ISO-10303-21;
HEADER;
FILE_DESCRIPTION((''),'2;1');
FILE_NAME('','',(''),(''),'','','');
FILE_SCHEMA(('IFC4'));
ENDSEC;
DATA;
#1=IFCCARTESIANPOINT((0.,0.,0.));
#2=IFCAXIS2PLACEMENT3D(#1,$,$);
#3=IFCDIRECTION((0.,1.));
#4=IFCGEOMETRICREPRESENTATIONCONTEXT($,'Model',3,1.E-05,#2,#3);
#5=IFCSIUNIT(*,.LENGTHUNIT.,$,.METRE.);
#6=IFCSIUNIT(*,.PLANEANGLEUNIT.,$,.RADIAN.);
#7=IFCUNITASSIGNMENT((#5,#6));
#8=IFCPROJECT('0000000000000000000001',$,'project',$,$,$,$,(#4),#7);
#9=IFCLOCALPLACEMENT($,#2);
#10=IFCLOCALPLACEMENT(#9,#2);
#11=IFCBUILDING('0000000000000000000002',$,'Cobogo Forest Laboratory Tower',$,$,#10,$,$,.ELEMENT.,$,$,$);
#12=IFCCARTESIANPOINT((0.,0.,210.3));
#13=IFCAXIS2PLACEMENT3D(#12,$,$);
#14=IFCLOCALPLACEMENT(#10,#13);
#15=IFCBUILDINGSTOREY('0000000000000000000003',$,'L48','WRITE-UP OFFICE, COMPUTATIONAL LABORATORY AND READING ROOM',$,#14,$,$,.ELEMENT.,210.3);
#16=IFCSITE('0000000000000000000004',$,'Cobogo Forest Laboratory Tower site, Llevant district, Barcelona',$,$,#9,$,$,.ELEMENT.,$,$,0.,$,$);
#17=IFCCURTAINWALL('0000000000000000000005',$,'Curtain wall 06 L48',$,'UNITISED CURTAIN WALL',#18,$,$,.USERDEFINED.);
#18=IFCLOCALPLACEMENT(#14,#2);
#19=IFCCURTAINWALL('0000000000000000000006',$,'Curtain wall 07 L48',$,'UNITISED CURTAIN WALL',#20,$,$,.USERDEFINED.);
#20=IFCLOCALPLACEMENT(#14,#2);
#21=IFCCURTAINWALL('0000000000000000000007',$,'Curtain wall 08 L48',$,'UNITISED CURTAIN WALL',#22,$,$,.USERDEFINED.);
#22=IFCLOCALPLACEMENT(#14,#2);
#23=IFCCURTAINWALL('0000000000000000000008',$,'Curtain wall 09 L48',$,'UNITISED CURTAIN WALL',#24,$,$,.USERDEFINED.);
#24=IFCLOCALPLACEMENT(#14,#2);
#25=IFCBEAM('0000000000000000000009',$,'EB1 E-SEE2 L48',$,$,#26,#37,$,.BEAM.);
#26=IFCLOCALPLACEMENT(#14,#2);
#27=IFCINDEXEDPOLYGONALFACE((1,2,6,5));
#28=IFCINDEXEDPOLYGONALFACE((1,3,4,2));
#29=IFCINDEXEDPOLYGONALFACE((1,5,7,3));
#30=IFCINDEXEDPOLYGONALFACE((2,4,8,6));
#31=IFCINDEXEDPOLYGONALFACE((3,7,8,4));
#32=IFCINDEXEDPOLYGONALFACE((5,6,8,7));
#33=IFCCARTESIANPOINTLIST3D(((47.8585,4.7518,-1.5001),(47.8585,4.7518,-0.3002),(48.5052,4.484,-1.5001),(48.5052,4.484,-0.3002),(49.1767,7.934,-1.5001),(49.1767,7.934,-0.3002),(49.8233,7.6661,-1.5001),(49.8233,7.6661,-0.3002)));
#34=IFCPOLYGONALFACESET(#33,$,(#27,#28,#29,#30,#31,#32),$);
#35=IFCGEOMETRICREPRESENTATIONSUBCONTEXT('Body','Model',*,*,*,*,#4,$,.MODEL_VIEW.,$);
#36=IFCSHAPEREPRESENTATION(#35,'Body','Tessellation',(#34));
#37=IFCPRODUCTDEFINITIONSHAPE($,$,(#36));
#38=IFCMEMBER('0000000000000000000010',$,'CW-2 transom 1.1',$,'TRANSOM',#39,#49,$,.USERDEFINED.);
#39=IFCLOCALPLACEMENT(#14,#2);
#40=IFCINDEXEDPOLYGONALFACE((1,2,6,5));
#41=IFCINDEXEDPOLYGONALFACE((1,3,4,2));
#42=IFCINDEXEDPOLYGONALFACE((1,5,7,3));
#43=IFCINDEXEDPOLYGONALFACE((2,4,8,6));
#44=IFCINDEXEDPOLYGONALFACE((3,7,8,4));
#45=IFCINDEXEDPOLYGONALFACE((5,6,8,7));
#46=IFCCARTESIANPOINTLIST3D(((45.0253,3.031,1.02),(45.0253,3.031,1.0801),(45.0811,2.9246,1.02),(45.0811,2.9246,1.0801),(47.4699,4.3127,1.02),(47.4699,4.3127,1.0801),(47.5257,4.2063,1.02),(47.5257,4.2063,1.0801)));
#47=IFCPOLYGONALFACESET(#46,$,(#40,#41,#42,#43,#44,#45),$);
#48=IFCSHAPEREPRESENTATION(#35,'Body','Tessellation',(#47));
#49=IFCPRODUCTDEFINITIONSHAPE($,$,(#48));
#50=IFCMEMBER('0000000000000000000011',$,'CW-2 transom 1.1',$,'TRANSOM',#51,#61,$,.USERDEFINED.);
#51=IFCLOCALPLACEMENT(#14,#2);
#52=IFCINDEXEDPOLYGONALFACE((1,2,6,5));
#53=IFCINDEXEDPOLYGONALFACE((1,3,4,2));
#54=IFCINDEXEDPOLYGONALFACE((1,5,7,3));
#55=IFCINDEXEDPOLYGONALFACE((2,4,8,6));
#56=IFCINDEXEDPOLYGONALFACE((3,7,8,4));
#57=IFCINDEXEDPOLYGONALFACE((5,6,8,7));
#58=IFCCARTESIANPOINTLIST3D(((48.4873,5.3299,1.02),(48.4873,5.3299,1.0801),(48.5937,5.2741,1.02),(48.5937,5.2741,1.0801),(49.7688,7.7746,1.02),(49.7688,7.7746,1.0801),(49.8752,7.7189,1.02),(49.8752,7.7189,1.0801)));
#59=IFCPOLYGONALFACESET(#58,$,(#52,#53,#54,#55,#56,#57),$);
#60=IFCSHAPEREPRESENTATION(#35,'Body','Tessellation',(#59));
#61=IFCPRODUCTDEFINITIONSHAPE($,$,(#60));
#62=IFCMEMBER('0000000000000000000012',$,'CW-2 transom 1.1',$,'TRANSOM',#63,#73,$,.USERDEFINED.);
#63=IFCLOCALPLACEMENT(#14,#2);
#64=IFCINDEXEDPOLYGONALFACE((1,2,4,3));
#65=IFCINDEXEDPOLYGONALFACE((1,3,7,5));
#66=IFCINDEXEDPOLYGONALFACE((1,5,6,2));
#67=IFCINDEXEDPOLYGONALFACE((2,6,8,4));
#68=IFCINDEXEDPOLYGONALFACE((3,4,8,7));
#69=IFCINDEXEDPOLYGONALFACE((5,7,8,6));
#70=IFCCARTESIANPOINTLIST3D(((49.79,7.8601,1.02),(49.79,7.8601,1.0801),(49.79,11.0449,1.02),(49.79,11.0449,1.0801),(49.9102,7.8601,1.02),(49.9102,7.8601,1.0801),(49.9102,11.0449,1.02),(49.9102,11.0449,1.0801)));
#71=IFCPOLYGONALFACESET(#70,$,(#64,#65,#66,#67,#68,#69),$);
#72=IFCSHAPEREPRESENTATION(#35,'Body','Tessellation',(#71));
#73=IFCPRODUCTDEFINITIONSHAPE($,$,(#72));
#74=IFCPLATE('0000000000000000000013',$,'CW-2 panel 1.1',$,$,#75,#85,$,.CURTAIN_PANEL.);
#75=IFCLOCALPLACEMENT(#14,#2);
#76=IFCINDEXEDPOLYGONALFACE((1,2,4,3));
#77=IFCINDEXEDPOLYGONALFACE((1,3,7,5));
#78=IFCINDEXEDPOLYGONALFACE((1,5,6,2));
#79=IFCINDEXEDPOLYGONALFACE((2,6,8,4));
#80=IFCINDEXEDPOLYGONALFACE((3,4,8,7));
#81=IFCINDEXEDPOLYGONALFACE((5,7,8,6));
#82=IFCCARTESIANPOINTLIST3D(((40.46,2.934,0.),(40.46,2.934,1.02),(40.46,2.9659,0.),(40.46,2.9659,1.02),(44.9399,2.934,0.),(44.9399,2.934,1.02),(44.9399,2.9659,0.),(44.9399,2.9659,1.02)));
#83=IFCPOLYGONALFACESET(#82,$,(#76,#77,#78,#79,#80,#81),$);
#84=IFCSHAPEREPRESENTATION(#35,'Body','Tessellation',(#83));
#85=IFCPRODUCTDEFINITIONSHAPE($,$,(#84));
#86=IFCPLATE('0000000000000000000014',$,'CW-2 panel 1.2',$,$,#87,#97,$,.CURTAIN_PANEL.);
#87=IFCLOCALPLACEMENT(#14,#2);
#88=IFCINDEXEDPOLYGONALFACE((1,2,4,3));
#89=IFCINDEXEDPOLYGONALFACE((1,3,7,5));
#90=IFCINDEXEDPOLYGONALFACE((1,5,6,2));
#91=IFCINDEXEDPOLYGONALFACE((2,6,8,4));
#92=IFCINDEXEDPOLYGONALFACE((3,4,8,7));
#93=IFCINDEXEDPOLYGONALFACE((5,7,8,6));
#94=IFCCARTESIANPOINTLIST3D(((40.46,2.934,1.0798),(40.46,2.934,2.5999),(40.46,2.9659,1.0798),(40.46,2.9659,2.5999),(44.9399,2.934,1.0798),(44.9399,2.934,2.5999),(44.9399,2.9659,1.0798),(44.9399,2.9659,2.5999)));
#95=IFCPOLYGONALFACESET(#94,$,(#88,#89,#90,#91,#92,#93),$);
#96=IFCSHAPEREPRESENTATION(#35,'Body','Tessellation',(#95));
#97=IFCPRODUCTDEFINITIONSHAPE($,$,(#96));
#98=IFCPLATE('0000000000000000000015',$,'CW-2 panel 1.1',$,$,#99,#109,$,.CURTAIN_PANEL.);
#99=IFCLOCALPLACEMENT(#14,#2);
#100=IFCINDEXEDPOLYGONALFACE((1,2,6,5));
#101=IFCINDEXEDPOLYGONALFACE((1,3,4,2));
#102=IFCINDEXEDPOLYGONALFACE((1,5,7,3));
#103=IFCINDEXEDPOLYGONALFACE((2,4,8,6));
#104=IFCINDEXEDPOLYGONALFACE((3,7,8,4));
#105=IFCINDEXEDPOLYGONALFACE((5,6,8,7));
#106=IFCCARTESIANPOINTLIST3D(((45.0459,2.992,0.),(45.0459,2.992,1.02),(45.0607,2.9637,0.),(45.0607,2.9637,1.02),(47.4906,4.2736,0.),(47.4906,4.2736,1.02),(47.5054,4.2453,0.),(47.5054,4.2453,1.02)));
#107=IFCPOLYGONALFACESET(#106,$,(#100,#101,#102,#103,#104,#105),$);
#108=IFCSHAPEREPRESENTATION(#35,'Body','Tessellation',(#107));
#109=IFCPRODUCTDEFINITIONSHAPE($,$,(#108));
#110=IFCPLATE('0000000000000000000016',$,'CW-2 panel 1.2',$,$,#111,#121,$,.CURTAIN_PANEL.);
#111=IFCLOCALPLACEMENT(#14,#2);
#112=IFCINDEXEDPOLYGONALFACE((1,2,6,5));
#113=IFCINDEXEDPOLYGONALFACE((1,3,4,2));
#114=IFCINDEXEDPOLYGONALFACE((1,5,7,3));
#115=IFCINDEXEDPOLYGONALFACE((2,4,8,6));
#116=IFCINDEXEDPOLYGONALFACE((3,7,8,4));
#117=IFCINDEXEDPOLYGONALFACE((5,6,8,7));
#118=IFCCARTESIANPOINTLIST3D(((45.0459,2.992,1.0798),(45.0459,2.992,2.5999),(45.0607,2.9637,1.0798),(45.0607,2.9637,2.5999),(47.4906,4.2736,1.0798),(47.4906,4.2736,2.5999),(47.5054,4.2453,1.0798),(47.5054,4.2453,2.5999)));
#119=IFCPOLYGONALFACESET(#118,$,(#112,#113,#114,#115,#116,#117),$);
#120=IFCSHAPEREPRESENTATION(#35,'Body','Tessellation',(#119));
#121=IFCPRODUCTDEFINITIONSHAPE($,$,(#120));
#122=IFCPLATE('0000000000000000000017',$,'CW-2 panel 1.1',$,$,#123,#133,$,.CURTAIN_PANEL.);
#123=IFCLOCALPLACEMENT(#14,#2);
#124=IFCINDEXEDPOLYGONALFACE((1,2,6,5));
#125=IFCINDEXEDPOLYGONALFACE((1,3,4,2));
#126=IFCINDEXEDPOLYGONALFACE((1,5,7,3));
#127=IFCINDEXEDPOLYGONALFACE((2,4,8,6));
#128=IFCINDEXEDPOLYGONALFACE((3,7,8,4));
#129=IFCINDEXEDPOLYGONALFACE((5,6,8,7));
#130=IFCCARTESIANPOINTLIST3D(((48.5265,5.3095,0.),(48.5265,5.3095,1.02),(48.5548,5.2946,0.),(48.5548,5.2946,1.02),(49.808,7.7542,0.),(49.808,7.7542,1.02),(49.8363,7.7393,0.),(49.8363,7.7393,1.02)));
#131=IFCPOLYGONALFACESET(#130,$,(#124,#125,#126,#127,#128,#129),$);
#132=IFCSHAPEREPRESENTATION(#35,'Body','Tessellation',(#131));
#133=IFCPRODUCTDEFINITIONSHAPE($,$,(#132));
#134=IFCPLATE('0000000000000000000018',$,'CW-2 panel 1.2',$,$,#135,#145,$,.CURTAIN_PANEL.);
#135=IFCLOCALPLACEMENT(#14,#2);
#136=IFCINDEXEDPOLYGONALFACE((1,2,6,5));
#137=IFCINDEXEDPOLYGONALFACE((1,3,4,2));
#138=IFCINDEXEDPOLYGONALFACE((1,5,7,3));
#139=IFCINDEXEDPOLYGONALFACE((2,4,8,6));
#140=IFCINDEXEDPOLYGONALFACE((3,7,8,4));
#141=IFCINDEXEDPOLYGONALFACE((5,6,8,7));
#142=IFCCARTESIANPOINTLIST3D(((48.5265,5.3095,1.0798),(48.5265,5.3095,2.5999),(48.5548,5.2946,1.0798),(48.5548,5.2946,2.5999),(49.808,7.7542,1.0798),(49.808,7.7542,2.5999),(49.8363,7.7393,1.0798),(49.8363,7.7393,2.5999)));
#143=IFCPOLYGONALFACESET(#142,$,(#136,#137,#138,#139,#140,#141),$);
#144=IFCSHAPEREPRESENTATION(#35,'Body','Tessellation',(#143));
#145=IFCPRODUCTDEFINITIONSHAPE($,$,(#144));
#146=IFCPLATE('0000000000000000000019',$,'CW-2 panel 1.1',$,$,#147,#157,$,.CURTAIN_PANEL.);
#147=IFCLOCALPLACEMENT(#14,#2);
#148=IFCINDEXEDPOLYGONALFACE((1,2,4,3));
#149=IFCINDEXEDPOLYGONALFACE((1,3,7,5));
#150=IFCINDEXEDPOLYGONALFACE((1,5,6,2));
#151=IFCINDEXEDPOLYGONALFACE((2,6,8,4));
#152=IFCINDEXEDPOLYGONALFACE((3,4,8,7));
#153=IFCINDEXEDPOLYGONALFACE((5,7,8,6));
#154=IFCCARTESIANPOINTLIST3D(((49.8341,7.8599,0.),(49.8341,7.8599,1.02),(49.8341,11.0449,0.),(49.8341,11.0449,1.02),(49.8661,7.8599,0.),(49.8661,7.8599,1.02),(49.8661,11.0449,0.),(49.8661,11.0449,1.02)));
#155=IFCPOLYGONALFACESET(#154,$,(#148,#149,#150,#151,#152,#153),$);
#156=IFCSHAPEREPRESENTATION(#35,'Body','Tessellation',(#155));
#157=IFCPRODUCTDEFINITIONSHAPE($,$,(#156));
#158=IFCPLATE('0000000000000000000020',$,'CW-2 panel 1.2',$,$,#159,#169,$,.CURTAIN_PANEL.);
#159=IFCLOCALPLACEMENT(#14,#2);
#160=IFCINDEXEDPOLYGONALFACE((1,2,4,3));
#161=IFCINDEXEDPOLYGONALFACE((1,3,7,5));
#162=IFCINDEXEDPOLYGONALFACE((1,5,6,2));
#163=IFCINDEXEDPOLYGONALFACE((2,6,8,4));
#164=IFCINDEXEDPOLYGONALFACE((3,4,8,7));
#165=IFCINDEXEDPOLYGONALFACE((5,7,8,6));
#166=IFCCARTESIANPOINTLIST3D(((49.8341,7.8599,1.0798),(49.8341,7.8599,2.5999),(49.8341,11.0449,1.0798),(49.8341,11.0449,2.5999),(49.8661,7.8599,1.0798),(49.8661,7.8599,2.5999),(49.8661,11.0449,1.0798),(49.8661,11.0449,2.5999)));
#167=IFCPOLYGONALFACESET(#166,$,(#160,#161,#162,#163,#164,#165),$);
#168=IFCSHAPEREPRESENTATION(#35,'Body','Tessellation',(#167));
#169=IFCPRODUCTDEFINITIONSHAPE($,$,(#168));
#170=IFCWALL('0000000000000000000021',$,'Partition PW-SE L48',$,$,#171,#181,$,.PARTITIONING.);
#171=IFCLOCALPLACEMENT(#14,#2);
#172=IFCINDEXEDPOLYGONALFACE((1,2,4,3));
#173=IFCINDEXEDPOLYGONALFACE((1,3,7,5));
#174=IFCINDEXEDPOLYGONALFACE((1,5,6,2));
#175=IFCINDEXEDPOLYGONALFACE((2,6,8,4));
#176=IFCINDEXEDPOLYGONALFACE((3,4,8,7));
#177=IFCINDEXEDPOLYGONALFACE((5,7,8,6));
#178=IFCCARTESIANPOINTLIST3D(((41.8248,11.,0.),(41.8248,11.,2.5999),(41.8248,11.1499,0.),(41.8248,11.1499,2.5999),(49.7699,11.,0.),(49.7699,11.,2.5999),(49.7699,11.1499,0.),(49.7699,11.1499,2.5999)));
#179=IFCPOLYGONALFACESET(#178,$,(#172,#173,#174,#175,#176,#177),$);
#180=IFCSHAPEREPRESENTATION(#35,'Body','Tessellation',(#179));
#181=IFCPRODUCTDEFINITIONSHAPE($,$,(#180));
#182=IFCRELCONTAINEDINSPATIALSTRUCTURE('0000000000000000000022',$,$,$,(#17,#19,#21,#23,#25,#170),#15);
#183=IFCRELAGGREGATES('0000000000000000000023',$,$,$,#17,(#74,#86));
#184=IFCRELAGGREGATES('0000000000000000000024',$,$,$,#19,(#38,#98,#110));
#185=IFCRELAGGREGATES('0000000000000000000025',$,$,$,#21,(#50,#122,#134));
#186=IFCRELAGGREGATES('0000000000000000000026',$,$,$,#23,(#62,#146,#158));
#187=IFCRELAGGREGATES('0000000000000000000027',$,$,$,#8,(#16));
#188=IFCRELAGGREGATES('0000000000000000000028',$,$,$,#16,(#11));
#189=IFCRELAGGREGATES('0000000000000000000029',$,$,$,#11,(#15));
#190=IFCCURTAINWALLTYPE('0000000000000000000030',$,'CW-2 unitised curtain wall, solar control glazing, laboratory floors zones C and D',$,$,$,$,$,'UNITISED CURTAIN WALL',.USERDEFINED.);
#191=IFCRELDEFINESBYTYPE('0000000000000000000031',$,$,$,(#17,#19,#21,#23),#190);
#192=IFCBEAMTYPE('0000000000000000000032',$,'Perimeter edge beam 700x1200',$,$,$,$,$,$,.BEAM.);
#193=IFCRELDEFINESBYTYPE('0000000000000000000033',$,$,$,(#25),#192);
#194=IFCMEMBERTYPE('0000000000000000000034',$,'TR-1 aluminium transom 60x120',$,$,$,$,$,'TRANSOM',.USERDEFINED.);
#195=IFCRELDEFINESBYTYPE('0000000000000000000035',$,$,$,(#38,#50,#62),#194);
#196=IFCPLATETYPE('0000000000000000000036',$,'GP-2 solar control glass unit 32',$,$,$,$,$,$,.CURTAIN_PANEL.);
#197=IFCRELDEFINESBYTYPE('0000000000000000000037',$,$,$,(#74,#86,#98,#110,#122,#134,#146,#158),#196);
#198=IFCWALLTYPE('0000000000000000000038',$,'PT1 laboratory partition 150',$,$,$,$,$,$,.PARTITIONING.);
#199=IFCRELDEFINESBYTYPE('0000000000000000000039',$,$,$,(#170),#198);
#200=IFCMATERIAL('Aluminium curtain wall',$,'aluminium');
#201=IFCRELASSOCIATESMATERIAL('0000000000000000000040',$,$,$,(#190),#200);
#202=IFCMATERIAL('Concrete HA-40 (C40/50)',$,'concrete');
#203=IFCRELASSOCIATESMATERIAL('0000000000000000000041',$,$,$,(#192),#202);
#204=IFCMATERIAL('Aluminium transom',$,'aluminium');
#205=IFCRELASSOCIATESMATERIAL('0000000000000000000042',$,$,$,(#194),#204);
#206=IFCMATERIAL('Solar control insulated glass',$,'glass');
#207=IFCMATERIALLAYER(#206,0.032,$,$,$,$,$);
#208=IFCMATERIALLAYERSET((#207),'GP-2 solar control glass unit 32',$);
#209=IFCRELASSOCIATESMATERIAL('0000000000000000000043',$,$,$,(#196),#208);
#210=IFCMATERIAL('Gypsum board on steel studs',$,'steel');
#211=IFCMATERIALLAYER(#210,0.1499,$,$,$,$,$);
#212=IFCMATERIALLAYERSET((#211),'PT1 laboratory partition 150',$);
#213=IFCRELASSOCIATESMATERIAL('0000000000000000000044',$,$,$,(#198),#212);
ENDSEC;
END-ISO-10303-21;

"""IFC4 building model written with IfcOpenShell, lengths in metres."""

from ifc_helpers import new_model, si_unit, direction, frame, frame_2d, origin, origin_2d, place, context, subcontext, project, spatial, rectangle, extrude, material, layer, layer_set, material_profile, profile_set, type_object, element, aggregate, save


model = new_model("IFC4")

# Units and contexts
model_context = context("Model", 3, precision=1e-05, world=origin(), true_north=direction((0.0, 1.0)))
body_context = subcontext(model_context, "Body", "Model", "MODEL_VIEW")
ifc_project = project(units=[si_unit("LENGTHUNIT", "METRE"), si_unit("PLANEANGLEUNIT", "RADIAN")], contexts=[model_context])

# Site, building, storey
site_placement = place(None, origin())
site = spatial("IfcSite", under=ifc_project, at=site_placement, Name="Cobogo Forest Laboratory Tower site, Llevant district, Barcelona", CompositionType="ELEMENT", RefElevation=0.0)
building_placement = place(site_placement, origin())
building = spatial("IfcBuilding", under=site, at=building_placement, Name="Cobogo Forest Laboratory Tower", CompositionType="ELEMENT")
storey_placement = place(building_placement, frame((0.0, 0.0, 210.3)))
storey = spatial("IfcBuildingStorey", under=building, at=storey_placement, Name="L48", Description="WRITE-UP OFFICE, COMPUTATIONAL LABORATORY AND READING ROOM", CompositionType="ELEMENT", Elevation=210.3)

# Curtain wall
ifc_material_1 = material(Name="Aluminium curtain wall", Category="aluminium")
curtain_wall_type = type_object("IfcCurtainWallType", Name="CW-2 unitised curtain wall, solar control glazing, laboratory floors zones C and D", ElementType="UNITISED CURTAIN WALL", PredefinedType="USERDEFINED", material=ifc_material_1)
curtain_wall_1_placement = place(storey_placement, origin())
curtain_wall_1 = element("IfcCurtainWall", 1, at=curtain_wall_1_placement, inside=storey, type_object=curtain_wall_type, Name="Curtain wall 06 L48", ObjectType="UNITISED CURTAIN WALL", PredefinedType="USERDEFINED")

# Curtain walls
curtain_wall_2_placement = place(storey_placement, origin())
curtain_wall_2 = element("IfcCurtainWall", 2, at=curtain_wall_2_placement, inside=storey, type_object=curtain_wall_type, Name="Curtain wall 07 L48", ObjectType="UNITISED CURTAIN WALL", PredefinedType="USERDEFINED")
curtain_wall_3_placement = place(storey_placement, origin())
curtain_wall_3 = element("IfcCurtainWall", 3, at=curtain_wall_3_placement, inside=storey, type_object=curtain_wall_type, Name="Curtain wall 08 L48", ObjectType="UNITISED CURTAIN WALL", PredefinedType="USERDEFINED")
curtain_wall_4_placement = place(storey_placement, origin())
curtain_wall_4 = element("IfcCurtainWall", 4, at=curtain_wall_4_placement, inside=storey, type_object=curtain_wall_type, Name="Curtain wall 09 L48", ObjectType="UNITISED CURTAIN WALL", PredefinedType="USERDEFINED")

# Beam
ifc_material_2 = material(Name="Concrete HA-40 (C40/50)", Category="concrete")
ifc_material_profile_1 = material_profile(ifc_material_2, rectangle(XDim=0.7, YDim=1.2, at=origin_2d()), Name="RC 700x1200")
ifc_profile_set_1 = profile_set([ifc_material_profile_1], Name="Concrete HA-40 (C40/50)")
beam_type_1 = type_object("IfcBeamType", Name="Perimeter edge beam 700x1200", PredefinedType="BEAM", material=ifc_profile_set_1)
beam_1_placement = place(storey_placement, frame((49.5, 7.8, -0.9001), z_axis=(-0.382692, -0.923876, 0.0), x_axis=(0.923876, -0.382692, 0.0)))
element("IfcBeam", 5, at=beam_1_placement, inside=storey, type_object=beam_type_1, Name="EB1 E-SEE2 L48", PredefinedType="BEAM", context=body_context, shape_type="SweptSolid", body=[
    extrude(rectangle(XDim=0.7, YDim=1.2, at=origin_2d()), origin(), (0.0, 0.0, 1.0), 3.4443),
])

# Members
ifc_material_3 = material(Name="Aluminium transom", Category="aluminium")
ifc_material_profile_2 = material_profile(ifc_material_3, rectangle(XDim=0.1201, YDim=0.0601, at=origin_2d()), Name="AL 60x120")
ifc_profile_set_2 = profile_set([ifc_material_profile_2], Name="Aluminium transom")
member_type_1 = type_object("IfcMemberType", Name="TR-1 aluminium transom 60x120", ElementType="TRANSOM", PredefinedType="USERDEFINED", material=ifc_profile_set_2)
member_1_placement = place(storey_placement, frame((45.0532, 2.9778, 1.05), z_axis=(0.885646, 0.464361, 0.0), x_axis=(-0.464361, 0.885646, 0.0)))
member_1 = element("IfcMember", 6, at=member_1_placement, type_object=member_type_1, Name="CW-2 transom 1.1", ObjectType="TRANSOM", PredefinedType="USERDEFINED", context=body_context, shape_type="SweptSolid", body=[
    extrude(rectangle(XDim=0.1201, YDim=0.0601, at=origin_2d()), origin(), (0.0, 0.0, 1.0), 2.7603),
])
member_2_placement = place(storey_placement, frame((48.5405, 5.302, 1.05), z_axis=(0.464255, 0.885702, 0.0), x_axis=(-0.885702, 0.464255, 0.0)))
member_2 = element("IfcMember", 7, at=member_2_placement, type_object=member_type_1, Name="CW-2 transom 1.1", ObjectType="TRANSOM", PredefinedType="USERDEFINED", context=body_context, shape_type="SweptSolid", body=[
    extrude(rectangle(XDim=0.1201, YDim=0.0601, at=origin_2d()), origin(), (0.0, 0.0, 1.0), 2.7603),
])
member_3_placement = place(storey_placement, frame((49.8501, 7.8601, 1.05), z_axis=(0.0, 1.0, 0.0), x_axis=(-1.0, 0.0, 0.0)))
member_3 = element("IfcMember", 8, at=member_3_placement, type_object=member_type_1, Name="CW-2 transom 1.1", ObjectType="TRANSOM", PredefinedType="USERDEFINED", context=body_context, shape_type="SweptSolid", body=[
    extrude(rectangle(XDim=0.1201, YDim=0.0601, at=origin_2d()), origin(), (0.0, 0.0, 1.0), 3.1848),
])

# Plates
ifc_material_4 = material(Name="Solar control insulated glass", Category="glass")
ifc_layer_1 = layer(ifc_material_4, 0.032)
ifc_layer_set_1 = layer_set([ifc_layer_1], Name="GP-2 solar control glass unit 32")
plate_type = type_object("IfcPlateType", Name="GP-2 solar control glass unit 32", PredefinedType="CURTAIN_PANEL", material=ifc_layer_set_1)
plate_1_placement = place(storey_placement, frame((42.7, 2.95, 0.0), z_axis=(0.0, 0.0, 1.0), x_axis=(1.0, 0.0, 0.0)))
plate_1 = element("IfcPlate", 9, at=plate_1_placement, type_object=plate_type, Name="CW-2 panel 1.1", PredefinedType="CURTAIN_PANEL", context=body_context, shape_type="SweptSolid", body=[
    extrude(rectangle(XDim=4.48, YDim=0.032, at=origin_2d()), origin(), (0.0, 0.0, 1.0), 1.02),
])
plate_2_placement = place(storey_placement, frame((42.7, 2.95, 1.0798), z_axis=(0.0, 0.0, 1.0), x_axis=(1.0, 0.0, 0.0)))
plate_2 = element("IfcPlate", 10, at=plate_2_placement, type_object=plate_type, Name="CW-2 panel 1.2", PredefinedType="CURTAIN_PANEL", context=body_context, shape_type="SweptSolid", body=[
    extrude(rectangle(XDim=4.48, YDim=0.032, at=origin_2d()), origin(), (0.0, 0.0, 1.0), 1.52),
])
aggregate(curtain_wall_1, [plate_1, plate_2])
plate_3_placement = place(storey_placement, frame((46.2756, 3.6187, 0.0), z_axis=(0.0, 0.0, 1.0), x_axis=(0.885686, 0.464284, 0.0)))
plate_3 = element("IfcPlate", 11, at=plate_3_placement, type_object=plate_type, Name="CW-2 panel 1.1", PredefinedType="CURTAIN_PANEL", context=body_context, shape_type="SweptSolid", body=[
    extrude(rectangle(XDim=2.7603, YDim=0.032, at=origin_2d()), origin(), (0.0, 0.0, 1.0), 1.02),
])
plate_4_placement = place(storey_placement, frame((46.2756, 3.6187, 1.0798), z_axis=(0.0, 0.0, 1.0), x_axis=(0.885686, 0.464284, 0.0)))
plate_4 = element("IfcPlate", 12, at=plate_4_placement, type_object=plate_type, Name="CW-2 panel 1.2", PredefinedType="CURTAIN_PANEL", context=body_context, shape_type="SweptSolid", body=[
    extrude(rectangle(XDim=2.7603, YDim=0.032, at=origin_2d()), origin(), (0.0, 0.0, 1.0), 1.52),
])
aggregate(curtain_wall_2, [member_1, plate_3, plate_4])
plate_5_placement = place(storey_placement, frame((49.1814, 6.5244, 0.0), z_axis=(0.0, 0.0, 1.0), x_axis=(0.464284, 0.885686, 0.0)))
plate_5 = element("IfcPlate", 13, at=plate_5_placement, type_object=plate_type, Name="CW-2 panel 1.1", PredefinedType="CURTAIN_PANEL", context=body_context, shape_type="SweptSolid", body=[
    extrude(rectangle(XDim=2.7603, YDim=0.032, at=origin_2d()), origin(), (0.0, 0.0, 1.0), 1.02),
])
plate_6_placement = place(storey_placement, frame((49.1814, 6.5244, 1.0798), z_axis=(0.0, 0.0, 1.0), x_axis=(0.464284, 0.885686, 0.0)))
plate_6 = element("IfcPlate", 14, at=plate_6_placement, type_object=plate_type, Name="CW-2 panel 1.2", PredefinedType="CURTAIN_PANEL", context=body_context, shape_type="SweptSolid", body=[
    extrude(rectangle(XDim=2.7603, YDim=0.032, at=origin_2d()), origin(), (0.0, 0.0, 1.0), 1.52),
])
aggregate(curtain_wall_3, [member_2, plate_5, plate_6])
plate_7_placement = place(storey_placement, frame((49.8501, 9.4524, 0.0), z_axis=(0.0, 0.0, 1.0), x_axis=(0.0, 1.0, 0.0)))
plate_7 = element("IfcPlate", 15, at=plate_7_placement, type_object=plate_type, Name="CW-2 panel 1.1", PredefinedType="CURTAIN_PANEL", context=body_context, shape_type="SweptSolid", body=[
    extrude(rectangle(XDim=3.1851, YDim=0.032, at=origin_2d()), origin(), (0.0, 0.0, 1.0), 1.02),
])
plate_8_placement = place(storey_placement, frame((49.8501, 9.4524, 1.0798), z_axis=(0.0, 0.0, 1.0), x_axis=(0.0, 1.0, 0.0)))
plate_8 = element("IfcPlate", 16, at=plate_8_placement, type_object=plate_type, Name="CW-2 panel 1.2", PredefinedType="CURTAIN_PANEL", context=body_context, shape_type="SweptSolid", body=[
    extrude(rectangle(XDim=3.1851, YDim=0.032, at=origin_2d()), origin(), (0.0, 0.0, 1.0), 1.52),
])
aggregate(curtain_wall_4, [member_3, plate_7, plate_8])

# Wall
ifc_material_5 = material(Name="Gypsum board on steel studs", Category="steel")
ifc_layer_2 = layer(ifc_material_5, 0.1499)
ifc_layer_set_2 = layer_set([ifc_layer_2], Name="PT1 laboratory partition 150")
wall_type = type_object("IfcWallType", Name="PT1 laboratory partition 150", PredefinedType="PARTITIONING", material=ifc_layer_set_2)
wall_placement = place(storey_placement, frame((49.77, 11.075, 0.0), z_axis=(0.0, 0.0, 1.0), x_axis=(-1.0, 0.0, 0.0)))
element("IfcWall", 17, at=wall_placement, inside=storey, type_object=wall_type, Name="Partition PW-SE L48", PredefinedType="PARTITIONING", context=body_context, shape_type="SweptSolid", body=[
    extrude(rectangle(XDim=7.9451, YDim=0.1499, at=frame_2d((3.9727, 0.0))), origin(), (0.0, 0.0, 1.0), 2.5999),
])

save(model, "model.ifc")
